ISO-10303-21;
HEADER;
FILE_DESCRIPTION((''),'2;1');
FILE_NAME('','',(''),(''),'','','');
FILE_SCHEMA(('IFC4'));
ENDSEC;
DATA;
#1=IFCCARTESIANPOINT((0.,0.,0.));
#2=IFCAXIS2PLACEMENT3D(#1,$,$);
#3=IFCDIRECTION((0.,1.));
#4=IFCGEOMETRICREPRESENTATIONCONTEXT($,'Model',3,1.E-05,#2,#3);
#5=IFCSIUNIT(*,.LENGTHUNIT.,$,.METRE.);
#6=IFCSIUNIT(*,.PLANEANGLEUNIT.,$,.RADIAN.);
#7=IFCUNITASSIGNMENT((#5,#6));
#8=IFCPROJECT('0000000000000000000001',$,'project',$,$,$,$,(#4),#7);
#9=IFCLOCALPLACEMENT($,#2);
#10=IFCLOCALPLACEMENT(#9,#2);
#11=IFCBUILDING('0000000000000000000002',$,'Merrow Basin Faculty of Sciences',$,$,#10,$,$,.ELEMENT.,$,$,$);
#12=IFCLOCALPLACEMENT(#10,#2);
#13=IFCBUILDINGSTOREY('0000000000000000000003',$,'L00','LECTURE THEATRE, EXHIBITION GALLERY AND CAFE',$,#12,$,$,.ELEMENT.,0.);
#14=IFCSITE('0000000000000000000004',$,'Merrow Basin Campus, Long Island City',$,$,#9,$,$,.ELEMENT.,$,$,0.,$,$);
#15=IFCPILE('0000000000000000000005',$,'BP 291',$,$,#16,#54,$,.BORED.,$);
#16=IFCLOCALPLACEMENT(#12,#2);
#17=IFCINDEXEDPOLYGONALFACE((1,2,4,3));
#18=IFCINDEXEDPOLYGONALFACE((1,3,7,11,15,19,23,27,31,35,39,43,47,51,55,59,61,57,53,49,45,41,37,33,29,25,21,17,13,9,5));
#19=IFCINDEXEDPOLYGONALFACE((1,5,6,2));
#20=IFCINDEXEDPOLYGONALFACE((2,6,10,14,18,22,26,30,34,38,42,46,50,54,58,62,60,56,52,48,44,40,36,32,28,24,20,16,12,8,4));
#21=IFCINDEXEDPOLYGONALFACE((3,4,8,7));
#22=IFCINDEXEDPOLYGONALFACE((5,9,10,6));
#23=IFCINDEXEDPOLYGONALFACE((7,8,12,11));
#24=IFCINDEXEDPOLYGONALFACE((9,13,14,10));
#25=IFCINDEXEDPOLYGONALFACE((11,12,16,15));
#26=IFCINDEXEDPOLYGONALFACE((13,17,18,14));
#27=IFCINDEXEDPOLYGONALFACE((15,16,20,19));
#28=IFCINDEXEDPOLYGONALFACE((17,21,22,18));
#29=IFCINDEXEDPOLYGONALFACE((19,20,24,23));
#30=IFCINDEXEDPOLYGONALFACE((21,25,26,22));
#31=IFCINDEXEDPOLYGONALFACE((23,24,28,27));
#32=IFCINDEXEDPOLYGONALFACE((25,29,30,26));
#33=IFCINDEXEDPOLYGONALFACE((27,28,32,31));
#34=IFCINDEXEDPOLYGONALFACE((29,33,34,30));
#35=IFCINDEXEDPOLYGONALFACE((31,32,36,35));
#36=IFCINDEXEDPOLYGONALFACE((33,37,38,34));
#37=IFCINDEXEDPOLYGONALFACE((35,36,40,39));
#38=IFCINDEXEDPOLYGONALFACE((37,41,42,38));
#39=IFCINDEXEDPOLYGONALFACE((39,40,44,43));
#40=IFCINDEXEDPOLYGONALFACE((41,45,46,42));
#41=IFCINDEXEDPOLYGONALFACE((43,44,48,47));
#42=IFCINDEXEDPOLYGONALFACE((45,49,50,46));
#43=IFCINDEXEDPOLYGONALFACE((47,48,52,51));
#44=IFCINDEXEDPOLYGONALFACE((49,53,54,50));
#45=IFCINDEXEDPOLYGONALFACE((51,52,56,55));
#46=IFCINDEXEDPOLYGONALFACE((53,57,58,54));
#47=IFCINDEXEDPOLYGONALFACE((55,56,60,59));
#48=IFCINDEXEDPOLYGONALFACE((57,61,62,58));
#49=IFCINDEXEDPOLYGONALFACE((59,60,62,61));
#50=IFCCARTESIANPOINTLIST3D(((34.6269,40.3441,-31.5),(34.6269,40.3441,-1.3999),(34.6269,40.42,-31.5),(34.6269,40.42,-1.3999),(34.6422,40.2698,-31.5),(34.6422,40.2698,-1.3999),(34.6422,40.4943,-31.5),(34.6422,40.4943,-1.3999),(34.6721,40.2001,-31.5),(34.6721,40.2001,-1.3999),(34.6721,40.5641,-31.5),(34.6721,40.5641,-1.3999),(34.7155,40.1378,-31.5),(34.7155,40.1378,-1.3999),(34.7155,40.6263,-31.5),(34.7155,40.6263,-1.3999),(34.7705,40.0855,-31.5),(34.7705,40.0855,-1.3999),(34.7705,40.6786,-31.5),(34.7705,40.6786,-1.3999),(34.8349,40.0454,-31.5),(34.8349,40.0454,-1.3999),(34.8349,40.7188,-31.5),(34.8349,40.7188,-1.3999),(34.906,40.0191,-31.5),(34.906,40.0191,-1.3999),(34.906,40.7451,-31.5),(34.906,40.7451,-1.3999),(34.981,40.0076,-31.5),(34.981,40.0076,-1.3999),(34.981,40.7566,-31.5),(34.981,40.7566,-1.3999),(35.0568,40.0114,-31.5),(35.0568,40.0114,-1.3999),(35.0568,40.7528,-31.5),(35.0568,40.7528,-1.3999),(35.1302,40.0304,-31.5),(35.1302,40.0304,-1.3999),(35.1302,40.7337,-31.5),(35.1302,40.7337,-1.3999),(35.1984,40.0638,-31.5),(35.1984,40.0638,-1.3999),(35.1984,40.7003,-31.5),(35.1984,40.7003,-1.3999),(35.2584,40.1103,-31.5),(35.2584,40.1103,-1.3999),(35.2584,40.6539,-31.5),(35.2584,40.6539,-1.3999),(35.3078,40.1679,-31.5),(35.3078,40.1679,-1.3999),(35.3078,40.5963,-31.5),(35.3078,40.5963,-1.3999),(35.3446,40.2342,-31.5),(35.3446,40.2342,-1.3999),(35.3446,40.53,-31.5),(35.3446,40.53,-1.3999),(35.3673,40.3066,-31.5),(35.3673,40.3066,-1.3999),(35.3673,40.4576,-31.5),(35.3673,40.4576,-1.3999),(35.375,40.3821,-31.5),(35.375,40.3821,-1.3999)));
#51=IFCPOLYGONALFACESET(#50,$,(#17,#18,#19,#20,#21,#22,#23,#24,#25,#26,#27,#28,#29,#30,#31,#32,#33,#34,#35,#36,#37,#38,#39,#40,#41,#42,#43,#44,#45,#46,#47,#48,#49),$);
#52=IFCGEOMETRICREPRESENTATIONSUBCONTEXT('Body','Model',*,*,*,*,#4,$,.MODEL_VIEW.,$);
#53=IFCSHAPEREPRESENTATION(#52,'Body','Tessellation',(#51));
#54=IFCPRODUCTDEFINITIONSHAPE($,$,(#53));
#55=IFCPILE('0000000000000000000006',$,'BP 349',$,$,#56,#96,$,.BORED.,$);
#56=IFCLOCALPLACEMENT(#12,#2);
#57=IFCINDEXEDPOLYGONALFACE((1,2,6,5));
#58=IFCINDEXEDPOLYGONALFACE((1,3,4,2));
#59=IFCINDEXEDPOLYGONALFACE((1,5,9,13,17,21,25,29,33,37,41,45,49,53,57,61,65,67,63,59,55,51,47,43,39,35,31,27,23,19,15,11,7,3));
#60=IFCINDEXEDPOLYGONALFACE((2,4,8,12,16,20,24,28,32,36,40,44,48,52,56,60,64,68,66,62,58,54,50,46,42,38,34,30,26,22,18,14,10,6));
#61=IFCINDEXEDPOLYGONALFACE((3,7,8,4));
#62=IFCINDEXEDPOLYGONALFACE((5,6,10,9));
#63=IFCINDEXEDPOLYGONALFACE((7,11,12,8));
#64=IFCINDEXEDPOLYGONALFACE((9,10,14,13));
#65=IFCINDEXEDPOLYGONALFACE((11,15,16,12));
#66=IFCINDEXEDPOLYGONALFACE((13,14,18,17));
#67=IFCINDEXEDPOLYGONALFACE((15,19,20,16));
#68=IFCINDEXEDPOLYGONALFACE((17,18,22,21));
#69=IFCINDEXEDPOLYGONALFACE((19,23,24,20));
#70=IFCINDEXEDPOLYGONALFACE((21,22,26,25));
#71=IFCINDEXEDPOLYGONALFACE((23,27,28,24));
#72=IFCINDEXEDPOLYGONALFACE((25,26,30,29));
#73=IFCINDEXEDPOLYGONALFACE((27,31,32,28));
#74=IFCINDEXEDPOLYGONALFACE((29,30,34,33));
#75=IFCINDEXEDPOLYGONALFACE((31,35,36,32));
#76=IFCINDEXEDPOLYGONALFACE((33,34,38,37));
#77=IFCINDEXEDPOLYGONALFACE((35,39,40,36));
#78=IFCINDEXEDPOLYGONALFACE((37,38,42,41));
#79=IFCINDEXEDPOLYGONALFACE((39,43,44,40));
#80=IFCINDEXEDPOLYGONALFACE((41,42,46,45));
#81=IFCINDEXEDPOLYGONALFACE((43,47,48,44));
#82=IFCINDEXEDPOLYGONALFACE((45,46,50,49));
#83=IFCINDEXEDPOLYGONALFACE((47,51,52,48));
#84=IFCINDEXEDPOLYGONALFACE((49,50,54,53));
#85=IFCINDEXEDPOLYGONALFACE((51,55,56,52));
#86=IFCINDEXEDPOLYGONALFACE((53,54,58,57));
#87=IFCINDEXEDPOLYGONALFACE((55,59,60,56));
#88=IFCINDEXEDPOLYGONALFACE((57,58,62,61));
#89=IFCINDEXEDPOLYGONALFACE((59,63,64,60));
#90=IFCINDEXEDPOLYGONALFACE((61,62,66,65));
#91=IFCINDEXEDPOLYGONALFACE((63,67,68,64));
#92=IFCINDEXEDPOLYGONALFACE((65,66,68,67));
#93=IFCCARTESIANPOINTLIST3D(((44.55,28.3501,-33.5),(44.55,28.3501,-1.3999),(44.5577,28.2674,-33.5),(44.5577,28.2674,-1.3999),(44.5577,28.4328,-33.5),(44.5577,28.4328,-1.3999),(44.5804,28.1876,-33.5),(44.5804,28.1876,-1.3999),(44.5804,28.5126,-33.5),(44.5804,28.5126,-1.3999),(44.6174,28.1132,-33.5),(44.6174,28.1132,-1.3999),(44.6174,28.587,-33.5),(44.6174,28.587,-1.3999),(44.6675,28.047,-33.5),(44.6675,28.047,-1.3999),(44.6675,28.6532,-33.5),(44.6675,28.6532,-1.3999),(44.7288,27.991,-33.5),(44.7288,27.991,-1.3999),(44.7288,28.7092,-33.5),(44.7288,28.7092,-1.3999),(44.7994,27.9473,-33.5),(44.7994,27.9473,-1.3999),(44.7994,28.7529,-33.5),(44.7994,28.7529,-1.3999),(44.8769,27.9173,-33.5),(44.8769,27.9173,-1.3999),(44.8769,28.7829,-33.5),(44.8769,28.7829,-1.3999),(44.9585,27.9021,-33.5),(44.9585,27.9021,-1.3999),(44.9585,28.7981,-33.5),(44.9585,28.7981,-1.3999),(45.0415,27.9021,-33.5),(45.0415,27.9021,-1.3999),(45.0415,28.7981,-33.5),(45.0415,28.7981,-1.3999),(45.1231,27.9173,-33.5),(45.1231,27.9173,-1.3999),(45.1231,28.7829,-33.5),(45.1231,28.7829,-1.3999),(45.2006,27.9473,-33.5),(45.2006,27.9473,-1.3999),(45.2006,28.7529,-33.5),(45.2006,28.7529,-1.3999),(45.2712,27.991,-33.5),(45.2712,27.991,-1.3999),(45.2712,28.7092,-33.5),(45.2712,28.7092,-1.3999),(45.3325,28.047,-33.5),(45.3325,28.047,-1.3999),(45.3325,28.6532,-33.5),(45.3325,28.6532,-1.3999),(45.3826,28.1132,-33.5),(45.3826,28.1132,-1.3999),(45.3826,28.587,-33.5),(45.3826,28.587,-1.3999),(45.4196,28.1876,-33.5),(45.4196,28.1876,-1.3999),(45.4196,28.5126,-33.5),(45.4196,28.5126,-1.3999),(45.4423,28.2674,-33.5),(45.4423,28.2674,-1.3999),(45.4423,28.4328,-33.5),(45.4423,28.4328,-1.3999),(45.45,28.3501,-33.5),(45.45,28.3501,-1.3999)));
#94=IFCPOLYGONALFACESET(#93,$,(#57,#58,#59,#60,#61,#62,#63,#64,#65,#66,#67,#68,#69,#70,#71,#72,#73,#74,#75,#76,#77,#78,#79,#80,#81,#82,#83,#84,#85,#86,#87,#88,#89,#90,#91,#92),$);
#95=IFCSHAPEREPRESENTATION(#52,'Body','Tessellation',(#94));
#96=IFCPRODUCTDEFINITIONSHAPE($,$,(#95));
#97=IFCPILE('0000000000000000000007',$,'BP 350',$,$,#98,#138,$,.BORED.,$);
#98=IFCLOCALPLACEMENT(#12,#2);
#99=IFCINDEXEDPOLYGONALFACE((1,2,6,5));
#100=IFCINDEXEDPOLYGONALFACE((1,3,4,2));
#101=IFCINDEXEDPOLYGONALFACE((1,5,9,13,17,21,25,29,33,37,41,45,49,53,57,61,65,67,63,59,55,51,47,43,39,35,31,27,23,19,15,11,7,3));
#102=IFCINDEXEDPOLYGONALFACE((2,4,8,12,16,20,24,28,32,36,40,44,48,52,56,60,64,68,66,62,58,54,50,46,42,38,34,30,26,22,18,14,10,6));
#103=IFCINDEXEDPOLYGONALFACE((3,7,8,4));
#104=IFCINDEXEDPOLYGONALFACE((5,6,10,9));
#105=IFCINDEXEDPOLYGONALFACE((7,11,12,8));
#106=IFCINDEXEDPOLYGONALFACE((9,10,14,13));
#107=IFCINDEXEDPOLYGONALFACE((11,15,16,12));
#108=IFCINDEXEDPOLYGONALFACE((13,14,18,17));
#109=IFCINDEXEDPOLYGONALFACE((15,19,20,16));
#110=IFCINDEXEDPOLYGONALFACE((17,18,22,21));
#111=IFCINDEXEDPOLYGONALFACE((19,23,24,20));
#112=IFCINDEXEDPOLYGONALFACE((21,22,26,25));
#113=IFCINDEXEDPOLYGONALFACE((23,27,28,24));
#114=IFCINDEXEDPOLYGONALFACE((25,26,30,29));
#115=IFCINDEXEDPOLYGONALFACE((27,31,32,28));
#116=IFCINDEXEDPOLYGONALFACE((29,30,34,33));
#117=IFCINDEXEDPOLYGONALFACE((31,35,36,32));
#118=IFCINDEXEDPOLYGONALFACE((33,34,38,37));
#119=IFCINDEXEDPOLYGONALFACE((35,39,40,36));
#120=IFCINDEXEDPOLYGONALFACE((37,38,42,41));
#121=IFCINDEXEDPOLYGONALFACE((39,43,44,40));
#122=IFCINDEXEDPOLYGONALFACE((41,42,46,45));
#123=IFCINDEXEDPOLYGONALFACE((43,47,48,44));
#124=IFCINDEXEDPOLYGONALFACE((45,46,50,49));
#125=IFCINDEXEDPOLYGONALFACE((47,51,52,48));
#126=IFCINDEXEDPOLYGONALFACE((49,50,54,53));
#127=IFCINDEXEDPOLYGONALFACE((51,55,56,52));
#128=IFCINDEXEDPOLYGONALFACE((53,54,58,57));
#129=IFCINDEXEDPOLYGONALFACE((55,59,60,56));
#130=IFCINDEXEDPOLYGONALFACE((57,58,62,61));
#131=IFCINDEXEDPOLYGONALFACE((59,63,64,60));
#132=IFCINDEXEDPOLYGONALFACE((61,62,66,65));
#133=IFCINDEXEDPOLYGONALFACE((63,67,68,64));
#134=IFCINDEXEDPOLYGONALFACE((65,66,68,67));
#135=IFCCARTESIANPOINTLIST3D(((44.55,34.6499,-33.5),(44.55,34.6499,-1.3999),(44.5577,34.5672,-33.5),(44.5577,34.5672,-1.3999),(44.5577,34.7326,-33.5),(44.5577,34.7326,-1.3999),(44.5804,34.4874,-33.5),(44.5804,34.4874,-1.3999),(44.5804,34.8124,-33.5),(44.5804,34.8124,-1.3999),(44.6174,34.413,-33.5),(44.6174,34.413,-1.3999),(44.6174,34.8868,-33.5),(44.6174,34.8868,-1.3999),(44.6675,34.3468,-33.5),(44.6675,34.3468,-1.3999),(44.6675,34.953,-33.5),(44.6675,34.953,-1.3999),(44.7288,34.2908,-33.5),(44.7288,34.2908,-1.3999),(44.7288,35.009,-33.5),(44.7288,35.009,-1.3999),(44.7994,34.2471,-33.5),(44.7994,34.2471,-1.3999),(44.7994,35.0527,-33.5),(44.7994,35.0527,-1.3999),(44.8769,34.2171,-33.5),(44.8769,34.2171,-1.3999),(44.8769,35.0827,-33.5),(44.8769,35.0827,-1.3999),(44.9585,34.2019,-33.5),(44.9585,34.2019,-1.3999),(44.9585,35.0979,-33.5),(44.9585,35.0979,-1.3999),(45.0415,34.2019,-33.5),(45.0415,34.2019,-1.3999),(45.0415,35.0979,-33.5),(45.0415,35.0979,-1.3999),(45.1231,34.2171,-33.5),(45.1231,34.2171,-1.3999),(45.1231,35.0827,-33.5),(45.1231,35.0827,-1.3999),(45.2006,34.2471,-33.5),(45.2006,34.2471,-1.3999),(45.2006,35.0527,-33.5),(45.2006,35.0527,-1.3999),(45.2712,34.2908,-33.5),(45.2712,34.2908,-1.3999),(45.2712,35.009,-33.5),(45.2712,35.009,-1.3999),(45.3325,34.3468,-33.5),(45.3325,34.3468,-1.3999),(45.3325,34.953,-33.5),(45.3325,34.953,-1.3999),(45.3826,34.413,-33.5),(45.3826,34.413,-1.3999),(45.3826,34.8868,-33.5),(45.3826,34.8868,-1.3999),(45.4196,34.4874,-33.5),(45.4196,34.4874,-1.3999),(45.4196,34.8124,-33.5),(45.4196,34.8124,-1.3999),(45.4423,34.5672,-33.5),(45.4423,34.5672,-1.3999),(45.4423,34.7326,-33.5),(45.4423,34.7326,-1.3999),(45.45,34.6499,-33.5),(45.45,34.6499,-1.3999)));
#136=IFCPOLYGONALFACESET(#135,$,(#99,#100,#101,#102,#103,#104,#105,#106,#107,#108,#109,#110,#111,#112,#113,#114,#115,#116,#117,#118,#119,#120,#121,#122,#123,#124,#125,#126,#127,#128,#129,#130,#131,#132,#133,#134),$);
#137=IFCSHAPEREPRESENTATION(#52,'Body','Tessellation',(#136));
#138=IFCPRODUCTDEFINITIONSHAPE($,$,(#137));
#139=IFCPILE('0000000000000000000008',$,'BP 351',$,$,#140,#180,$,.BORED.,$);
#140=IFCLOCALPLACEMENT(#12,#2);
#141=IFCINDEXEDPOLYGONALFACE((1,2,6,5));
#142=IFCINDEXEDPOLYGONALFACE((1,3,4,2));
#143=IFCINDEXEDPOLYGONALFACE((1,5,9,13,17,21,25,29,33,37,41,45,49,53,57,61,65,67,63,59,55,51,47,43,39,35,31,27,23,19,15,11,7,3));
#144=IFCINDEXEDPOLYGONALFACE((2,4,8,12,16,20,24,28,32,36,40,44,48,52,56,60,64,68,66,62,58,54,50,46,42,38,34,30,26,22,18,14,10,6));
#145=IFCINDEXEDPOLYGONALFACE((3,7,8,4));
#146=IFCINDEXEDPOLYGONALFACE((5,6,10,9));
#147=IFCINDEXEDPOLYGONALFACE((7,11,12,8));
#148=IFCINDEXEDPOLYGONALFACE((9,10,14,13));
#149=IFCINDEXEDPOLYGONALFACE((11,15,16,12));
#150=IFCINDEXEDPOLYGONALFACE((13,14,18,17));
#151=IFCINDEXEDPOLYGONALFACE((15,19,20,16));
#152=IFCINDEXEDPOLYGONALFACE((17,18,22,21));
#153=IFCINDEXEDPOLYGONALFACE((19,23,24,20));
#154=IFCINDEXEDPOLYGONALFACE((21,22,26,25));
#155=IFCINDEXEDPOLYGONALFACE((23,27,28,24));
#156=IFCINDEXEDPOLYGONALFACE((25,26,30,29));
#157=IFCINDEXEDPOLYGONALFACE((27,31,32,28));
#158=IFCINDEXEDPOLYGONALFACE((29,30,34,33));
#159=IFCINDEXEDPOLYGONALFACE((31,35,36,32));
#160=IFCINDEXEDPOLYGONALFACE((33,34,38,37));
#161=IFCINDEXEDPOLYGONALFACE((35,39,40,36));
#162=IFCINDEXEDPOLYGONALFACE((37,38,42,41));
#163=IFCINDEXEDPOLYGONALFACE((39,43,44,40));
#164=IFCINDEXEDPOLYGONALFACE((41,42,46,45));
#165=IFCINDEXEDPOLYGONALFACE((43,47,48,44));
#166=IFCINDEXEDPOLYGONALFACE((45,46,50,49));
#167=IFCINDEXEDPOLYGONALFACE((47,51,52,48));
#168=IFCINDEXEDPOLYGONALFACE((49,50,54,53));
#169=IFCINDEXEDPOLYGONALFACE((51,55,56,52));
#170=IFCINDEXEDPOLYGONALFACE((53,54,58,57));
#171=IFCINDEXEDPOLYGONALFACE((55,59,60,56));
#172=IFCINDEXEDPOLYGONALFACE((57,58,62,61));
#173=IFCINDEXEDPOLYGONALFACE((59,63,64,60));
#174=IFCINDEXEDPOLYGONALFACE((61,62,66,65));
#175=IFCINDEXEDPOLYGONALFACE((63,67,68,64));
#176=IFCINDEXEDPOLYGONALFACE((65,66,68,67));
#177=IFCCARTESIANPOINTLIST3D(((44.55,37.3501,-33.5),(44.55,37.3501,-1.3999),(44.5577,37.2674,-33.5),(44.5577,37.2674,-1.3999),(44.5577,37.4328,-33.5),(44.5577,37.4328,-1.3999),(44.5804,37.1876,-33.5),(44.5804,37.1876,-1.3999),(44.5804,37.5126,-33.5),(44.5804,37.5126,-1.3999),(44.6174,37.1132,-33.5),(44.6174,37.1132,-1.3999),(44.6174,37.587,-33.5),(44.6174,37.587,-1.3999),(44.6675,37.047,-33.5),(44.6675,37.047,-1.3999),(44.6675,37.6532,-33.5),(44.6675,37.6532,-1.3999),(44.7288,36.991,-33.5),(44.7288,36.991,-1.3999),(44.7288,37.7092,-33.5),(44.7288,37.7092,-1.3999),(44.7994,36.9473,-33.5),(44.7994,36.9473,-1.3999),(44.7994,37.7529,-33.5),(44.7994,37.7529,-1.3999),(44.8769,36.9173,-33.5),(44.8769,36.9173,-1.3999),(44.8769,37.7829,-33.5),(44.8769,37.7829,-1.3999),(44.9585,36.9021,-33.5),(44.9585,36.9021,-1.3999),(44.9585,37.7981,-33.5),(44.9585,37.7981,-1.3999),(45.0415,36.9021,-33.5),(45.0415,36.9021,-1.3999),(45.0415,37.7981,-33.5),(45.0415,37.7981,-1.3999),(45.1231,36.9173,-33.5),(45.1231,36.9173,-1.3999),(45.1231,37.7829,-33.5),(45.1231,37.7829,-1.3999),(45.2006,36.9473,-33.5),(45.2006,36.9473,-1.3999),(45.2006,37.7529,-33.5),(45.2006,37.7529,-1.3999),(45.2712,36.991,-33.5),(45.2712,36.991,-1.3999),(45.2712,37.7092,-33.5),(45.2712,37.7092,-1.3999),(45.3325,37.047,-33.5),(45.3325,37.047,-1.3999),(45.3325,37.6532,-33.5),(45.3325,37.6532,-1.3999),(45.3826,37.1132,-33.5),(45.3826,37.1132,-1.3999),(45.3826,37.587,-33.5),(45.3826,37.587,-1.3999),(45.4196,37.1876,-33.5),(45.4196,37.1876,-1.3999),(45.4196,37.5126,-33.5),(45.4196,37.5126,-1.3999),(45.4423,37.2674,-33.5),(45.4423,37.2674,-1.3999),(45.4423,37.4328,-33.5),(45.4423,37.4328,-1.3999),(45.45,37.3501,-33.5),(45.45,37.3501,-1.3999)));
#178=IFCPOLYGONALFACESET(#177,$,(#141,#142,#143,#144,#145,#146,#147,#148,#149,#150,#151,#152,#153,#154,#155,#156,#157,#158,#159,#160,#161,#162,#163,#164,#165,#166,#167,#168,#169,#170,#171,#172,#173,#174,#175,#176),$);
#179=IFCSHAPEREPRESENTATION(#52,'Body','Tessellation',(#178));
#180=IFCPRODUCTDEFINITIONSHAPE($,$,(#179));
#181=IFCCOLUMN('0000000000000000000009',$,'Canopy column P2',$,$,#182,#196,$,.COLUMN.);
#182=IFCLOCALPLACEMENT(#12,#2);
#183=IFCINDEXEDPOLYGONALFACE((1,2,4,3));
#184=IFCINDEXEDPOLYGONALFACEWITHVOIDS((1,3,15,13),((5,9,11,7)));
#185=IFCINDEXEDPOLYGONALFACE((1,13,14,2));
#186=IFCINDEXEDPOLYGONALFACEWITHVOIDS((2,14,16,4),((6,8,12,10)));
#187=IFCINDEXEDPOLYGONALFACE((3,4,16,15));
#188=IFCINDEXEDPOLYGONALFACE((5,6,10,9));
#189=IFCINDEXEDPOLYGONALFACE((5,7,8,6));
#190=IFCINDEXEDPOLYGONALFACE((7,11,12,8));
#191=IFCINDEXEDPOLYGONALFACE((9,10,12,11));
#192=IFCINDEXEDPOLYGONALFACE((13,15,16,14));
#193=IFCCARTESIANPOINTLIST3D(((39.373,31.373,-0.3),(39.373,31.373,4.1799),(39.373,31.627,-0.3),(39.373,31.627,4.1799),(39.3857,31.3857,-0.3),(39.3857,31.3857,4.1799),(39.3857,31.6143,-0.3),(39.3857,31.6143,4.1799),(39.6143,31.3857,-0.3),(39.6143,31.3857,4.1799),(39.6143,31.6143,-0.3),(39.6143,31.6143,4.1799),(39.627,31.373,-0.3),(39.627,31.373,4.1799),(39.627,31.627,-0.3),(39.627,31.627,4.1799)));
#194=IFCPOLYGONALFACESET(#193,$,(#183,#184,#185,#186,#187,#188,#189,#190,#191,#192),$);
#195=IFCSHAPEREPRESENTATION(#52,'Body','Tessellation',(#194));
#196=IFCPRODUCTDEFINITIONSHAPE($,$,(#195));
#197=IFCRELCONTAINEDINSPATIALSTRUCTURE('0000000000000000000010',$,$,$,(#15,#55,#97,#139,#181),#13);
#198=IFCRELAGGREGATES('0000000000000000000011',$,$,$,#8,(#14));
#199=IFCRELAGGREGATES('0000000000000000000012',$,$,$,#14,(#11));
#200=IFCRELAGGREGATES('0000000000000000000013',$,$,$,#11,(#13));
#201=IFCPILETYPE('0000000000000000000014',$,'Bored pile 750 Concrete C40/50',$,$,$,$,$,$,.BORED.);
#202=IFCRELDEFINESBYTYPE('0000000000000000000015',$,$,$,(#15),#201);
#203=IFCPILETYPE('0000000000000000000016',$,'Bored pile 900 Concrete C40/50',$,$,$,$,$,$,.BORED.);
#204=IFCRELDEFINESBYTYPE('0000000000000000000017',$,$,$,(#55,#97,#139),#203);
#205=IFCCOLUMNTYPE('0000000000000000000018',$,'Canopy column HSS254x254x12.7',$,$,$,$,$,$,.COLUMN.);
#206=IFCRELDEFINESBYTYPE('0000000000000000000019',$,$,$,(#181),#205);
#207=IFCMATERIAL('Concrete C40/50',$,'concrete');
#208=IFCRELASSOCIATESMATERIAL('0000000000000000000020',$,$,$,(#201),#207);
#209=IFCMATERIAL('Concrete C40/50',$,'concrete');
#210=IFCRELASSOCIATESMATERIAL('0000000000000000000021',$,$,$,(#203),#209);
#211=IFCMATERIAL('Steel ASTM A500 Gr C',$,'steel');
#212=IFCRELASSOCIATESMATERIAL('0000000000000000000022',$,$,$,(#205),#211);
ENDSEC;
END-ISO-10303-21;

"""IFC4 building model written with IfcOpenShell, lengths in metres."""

from ifc_helpers import new_model, si_unit, direction, frame, origin, origin_2d, place, context, subcontext, project, spatial, hollow_rectangle, circle, extrude, material, material_profile, profile_set, type_object, element, save


model = new_model("IFC4")

# Units and contexts
model_context = context("Model", 3, precision=1e-05, world=origin(), true_north=direction((0.0, 1.0)))
body_context = subcontext(model_context, "Body", "Model", "MODEL_VIEW")
ifc_project = project(units=[si_unit("LENGTHUNIT", "METRE"), si_unit("PLANEANGLEUNIT", "RADIAN")], contexts=[model_context])

# Site, building, storey
site_placement = place(None, origin())
site = spatial("IfcSite", under=ifc_project, at=site_placement, Name="Merrow Basin Campus, Long Island City", CompositionType="ELEMENT", RefElevation=0.0)
building_placement = place(site_placement, origin())
building = spatial("IfcBuilding", under=site, at=building_placement, Name="Merrow Basin Faculty of Sciences", CompositionType="ELEMENT")
storey_placement = place(building_placement, origin())
storey = spatial("IfcBuildingStorey", under=building, at=storey_placement, Name="L00", Description="LECTURE THEATRE, EXHIBITION GALLERY AND CAFE", CompositionType="ELEMENT", Elevation=0.0)

# Piles
ifc_material_1 = material(Name="Concrete C40/50", Category="concrete")
ifc_material_profile_1 = material_profile(ifc_material_1, circle(Radius=0.375, at=origin_2d()))
ifc_profile_set_1 = profile_set([ifc_material_profile_1], Name="Concrete C40/50")
pile_type_1 = type_object("IfcPileType", Name="Bored pile 750 Concrete C40/50", PredefinedType="BORED", material=ifc_profile_set_1)
for number, where, z_axis, x_axis, name in (
    (1, (35.0, 40.3821, -1.3999), (0.0, 0.0, -1.0), (1.0, 0.0, 0.0), "BP 291"),
):
    element("IfcPile", number, at=place(storey_placement, frame(where, z_axis=z_axis, x_axis=x_axis)), inside=storey, type_object=pile_type_1, Name=name, PredefinedType="BORED", context=body_context, shape_type="SweptSolid", body=[
        extrude(circle(Radius=0.375, at=origin_2d()), origin(), (0.0, 0.0, 1.0), 30.1001),
    ])
ifc_material_2 = material(Name="Concrete C40/50", Category="concrete")
ifc_material_profile_2 = material_profile(ifc_material_2, circle(Radius=0.45, at=origin_2d()))
ifc_profile_set_2 = profile_set([ifc_material_profile_2], Name="Concrete C40/50")
pile_type_2 = type_object("IfcPileType", Name="Bored pile 900 Concrete C40/50", PredefinedType="BORED", material=ifc_profile_set_2)
for number, where, z_axis, x_axis, name in (
    (2, (45.0, 28.3501, -1.3999), (0.0, 0.0, -1.0), (1.0, 0.0, 0.0), "BP 349"),
    (3, (45.0, 34.6499, -1.3999), (0.0, 0.0, -1.0), (1.0, 0.0, 0.0), "BP 350"),
    (4, (45.0, 37.3501, -1.3999), (0.0, 0.0, -1.0), (1.0, 0.0, 0.0), "BP 351"),
):
    element("IfcPile", number, at=place(storey_placement, frame(where, z_axis=z_axis, x_axis=x_axis)), inside=storey, type_object=pile_type_2, Name=name, PredefinedType="BORED", context=body_context, shape_type="SweptSolid", body=[
        extrude(circle(Radius=0.45, at=origin_2d()), origin(), (0.0, 0.0, 1.0), 32.1001),
    ])

# Column
ifc_material_3 = material(Name="Steel ASTM A500 Gr C", Category="steel")
ifc_material_profile_3 = material_profile(ifc_material_3, hollow_rectangle(XDim=0.2539, YDim=0.2539, WallThickness=0.0127, at=origin_2d()))
ifc_profile_set_3 = profile_set([ifc_material_profile_3], Name="Steel ASTM A500 Gr C")
column_type_1 = type_object("IfcColumnType", Name="Canopy column HSS254x254x12.7", PredefinedType="COLUMN", material=ifc_profile_set_3)
for number, where, z_axis, x_axis, name in (
    (5, (39.5, 31.5, -0.3), (0.0, 0.0, 1.0), (1.0, 0.0, 0.0), "Canopy column P2"),
):
    element("IfcColumn", number, at=place(storey_placement, frame(where, z_axis=z_axis, x_axis=x_axis)), inside=storey, type_object=column_type_1, Name=name, PredefinedType="COLUMN", context=body_context, shape_type="SweptSolid", body=[
        extrude(hollow_rectangle(XDim=0.2539, YDim=0.2539, WallThickness=0.0127, at=origin_2d()), origin(), (0.0, 0.0, 1.0), 4.48),
    ])

save(model, "model.ifc")
